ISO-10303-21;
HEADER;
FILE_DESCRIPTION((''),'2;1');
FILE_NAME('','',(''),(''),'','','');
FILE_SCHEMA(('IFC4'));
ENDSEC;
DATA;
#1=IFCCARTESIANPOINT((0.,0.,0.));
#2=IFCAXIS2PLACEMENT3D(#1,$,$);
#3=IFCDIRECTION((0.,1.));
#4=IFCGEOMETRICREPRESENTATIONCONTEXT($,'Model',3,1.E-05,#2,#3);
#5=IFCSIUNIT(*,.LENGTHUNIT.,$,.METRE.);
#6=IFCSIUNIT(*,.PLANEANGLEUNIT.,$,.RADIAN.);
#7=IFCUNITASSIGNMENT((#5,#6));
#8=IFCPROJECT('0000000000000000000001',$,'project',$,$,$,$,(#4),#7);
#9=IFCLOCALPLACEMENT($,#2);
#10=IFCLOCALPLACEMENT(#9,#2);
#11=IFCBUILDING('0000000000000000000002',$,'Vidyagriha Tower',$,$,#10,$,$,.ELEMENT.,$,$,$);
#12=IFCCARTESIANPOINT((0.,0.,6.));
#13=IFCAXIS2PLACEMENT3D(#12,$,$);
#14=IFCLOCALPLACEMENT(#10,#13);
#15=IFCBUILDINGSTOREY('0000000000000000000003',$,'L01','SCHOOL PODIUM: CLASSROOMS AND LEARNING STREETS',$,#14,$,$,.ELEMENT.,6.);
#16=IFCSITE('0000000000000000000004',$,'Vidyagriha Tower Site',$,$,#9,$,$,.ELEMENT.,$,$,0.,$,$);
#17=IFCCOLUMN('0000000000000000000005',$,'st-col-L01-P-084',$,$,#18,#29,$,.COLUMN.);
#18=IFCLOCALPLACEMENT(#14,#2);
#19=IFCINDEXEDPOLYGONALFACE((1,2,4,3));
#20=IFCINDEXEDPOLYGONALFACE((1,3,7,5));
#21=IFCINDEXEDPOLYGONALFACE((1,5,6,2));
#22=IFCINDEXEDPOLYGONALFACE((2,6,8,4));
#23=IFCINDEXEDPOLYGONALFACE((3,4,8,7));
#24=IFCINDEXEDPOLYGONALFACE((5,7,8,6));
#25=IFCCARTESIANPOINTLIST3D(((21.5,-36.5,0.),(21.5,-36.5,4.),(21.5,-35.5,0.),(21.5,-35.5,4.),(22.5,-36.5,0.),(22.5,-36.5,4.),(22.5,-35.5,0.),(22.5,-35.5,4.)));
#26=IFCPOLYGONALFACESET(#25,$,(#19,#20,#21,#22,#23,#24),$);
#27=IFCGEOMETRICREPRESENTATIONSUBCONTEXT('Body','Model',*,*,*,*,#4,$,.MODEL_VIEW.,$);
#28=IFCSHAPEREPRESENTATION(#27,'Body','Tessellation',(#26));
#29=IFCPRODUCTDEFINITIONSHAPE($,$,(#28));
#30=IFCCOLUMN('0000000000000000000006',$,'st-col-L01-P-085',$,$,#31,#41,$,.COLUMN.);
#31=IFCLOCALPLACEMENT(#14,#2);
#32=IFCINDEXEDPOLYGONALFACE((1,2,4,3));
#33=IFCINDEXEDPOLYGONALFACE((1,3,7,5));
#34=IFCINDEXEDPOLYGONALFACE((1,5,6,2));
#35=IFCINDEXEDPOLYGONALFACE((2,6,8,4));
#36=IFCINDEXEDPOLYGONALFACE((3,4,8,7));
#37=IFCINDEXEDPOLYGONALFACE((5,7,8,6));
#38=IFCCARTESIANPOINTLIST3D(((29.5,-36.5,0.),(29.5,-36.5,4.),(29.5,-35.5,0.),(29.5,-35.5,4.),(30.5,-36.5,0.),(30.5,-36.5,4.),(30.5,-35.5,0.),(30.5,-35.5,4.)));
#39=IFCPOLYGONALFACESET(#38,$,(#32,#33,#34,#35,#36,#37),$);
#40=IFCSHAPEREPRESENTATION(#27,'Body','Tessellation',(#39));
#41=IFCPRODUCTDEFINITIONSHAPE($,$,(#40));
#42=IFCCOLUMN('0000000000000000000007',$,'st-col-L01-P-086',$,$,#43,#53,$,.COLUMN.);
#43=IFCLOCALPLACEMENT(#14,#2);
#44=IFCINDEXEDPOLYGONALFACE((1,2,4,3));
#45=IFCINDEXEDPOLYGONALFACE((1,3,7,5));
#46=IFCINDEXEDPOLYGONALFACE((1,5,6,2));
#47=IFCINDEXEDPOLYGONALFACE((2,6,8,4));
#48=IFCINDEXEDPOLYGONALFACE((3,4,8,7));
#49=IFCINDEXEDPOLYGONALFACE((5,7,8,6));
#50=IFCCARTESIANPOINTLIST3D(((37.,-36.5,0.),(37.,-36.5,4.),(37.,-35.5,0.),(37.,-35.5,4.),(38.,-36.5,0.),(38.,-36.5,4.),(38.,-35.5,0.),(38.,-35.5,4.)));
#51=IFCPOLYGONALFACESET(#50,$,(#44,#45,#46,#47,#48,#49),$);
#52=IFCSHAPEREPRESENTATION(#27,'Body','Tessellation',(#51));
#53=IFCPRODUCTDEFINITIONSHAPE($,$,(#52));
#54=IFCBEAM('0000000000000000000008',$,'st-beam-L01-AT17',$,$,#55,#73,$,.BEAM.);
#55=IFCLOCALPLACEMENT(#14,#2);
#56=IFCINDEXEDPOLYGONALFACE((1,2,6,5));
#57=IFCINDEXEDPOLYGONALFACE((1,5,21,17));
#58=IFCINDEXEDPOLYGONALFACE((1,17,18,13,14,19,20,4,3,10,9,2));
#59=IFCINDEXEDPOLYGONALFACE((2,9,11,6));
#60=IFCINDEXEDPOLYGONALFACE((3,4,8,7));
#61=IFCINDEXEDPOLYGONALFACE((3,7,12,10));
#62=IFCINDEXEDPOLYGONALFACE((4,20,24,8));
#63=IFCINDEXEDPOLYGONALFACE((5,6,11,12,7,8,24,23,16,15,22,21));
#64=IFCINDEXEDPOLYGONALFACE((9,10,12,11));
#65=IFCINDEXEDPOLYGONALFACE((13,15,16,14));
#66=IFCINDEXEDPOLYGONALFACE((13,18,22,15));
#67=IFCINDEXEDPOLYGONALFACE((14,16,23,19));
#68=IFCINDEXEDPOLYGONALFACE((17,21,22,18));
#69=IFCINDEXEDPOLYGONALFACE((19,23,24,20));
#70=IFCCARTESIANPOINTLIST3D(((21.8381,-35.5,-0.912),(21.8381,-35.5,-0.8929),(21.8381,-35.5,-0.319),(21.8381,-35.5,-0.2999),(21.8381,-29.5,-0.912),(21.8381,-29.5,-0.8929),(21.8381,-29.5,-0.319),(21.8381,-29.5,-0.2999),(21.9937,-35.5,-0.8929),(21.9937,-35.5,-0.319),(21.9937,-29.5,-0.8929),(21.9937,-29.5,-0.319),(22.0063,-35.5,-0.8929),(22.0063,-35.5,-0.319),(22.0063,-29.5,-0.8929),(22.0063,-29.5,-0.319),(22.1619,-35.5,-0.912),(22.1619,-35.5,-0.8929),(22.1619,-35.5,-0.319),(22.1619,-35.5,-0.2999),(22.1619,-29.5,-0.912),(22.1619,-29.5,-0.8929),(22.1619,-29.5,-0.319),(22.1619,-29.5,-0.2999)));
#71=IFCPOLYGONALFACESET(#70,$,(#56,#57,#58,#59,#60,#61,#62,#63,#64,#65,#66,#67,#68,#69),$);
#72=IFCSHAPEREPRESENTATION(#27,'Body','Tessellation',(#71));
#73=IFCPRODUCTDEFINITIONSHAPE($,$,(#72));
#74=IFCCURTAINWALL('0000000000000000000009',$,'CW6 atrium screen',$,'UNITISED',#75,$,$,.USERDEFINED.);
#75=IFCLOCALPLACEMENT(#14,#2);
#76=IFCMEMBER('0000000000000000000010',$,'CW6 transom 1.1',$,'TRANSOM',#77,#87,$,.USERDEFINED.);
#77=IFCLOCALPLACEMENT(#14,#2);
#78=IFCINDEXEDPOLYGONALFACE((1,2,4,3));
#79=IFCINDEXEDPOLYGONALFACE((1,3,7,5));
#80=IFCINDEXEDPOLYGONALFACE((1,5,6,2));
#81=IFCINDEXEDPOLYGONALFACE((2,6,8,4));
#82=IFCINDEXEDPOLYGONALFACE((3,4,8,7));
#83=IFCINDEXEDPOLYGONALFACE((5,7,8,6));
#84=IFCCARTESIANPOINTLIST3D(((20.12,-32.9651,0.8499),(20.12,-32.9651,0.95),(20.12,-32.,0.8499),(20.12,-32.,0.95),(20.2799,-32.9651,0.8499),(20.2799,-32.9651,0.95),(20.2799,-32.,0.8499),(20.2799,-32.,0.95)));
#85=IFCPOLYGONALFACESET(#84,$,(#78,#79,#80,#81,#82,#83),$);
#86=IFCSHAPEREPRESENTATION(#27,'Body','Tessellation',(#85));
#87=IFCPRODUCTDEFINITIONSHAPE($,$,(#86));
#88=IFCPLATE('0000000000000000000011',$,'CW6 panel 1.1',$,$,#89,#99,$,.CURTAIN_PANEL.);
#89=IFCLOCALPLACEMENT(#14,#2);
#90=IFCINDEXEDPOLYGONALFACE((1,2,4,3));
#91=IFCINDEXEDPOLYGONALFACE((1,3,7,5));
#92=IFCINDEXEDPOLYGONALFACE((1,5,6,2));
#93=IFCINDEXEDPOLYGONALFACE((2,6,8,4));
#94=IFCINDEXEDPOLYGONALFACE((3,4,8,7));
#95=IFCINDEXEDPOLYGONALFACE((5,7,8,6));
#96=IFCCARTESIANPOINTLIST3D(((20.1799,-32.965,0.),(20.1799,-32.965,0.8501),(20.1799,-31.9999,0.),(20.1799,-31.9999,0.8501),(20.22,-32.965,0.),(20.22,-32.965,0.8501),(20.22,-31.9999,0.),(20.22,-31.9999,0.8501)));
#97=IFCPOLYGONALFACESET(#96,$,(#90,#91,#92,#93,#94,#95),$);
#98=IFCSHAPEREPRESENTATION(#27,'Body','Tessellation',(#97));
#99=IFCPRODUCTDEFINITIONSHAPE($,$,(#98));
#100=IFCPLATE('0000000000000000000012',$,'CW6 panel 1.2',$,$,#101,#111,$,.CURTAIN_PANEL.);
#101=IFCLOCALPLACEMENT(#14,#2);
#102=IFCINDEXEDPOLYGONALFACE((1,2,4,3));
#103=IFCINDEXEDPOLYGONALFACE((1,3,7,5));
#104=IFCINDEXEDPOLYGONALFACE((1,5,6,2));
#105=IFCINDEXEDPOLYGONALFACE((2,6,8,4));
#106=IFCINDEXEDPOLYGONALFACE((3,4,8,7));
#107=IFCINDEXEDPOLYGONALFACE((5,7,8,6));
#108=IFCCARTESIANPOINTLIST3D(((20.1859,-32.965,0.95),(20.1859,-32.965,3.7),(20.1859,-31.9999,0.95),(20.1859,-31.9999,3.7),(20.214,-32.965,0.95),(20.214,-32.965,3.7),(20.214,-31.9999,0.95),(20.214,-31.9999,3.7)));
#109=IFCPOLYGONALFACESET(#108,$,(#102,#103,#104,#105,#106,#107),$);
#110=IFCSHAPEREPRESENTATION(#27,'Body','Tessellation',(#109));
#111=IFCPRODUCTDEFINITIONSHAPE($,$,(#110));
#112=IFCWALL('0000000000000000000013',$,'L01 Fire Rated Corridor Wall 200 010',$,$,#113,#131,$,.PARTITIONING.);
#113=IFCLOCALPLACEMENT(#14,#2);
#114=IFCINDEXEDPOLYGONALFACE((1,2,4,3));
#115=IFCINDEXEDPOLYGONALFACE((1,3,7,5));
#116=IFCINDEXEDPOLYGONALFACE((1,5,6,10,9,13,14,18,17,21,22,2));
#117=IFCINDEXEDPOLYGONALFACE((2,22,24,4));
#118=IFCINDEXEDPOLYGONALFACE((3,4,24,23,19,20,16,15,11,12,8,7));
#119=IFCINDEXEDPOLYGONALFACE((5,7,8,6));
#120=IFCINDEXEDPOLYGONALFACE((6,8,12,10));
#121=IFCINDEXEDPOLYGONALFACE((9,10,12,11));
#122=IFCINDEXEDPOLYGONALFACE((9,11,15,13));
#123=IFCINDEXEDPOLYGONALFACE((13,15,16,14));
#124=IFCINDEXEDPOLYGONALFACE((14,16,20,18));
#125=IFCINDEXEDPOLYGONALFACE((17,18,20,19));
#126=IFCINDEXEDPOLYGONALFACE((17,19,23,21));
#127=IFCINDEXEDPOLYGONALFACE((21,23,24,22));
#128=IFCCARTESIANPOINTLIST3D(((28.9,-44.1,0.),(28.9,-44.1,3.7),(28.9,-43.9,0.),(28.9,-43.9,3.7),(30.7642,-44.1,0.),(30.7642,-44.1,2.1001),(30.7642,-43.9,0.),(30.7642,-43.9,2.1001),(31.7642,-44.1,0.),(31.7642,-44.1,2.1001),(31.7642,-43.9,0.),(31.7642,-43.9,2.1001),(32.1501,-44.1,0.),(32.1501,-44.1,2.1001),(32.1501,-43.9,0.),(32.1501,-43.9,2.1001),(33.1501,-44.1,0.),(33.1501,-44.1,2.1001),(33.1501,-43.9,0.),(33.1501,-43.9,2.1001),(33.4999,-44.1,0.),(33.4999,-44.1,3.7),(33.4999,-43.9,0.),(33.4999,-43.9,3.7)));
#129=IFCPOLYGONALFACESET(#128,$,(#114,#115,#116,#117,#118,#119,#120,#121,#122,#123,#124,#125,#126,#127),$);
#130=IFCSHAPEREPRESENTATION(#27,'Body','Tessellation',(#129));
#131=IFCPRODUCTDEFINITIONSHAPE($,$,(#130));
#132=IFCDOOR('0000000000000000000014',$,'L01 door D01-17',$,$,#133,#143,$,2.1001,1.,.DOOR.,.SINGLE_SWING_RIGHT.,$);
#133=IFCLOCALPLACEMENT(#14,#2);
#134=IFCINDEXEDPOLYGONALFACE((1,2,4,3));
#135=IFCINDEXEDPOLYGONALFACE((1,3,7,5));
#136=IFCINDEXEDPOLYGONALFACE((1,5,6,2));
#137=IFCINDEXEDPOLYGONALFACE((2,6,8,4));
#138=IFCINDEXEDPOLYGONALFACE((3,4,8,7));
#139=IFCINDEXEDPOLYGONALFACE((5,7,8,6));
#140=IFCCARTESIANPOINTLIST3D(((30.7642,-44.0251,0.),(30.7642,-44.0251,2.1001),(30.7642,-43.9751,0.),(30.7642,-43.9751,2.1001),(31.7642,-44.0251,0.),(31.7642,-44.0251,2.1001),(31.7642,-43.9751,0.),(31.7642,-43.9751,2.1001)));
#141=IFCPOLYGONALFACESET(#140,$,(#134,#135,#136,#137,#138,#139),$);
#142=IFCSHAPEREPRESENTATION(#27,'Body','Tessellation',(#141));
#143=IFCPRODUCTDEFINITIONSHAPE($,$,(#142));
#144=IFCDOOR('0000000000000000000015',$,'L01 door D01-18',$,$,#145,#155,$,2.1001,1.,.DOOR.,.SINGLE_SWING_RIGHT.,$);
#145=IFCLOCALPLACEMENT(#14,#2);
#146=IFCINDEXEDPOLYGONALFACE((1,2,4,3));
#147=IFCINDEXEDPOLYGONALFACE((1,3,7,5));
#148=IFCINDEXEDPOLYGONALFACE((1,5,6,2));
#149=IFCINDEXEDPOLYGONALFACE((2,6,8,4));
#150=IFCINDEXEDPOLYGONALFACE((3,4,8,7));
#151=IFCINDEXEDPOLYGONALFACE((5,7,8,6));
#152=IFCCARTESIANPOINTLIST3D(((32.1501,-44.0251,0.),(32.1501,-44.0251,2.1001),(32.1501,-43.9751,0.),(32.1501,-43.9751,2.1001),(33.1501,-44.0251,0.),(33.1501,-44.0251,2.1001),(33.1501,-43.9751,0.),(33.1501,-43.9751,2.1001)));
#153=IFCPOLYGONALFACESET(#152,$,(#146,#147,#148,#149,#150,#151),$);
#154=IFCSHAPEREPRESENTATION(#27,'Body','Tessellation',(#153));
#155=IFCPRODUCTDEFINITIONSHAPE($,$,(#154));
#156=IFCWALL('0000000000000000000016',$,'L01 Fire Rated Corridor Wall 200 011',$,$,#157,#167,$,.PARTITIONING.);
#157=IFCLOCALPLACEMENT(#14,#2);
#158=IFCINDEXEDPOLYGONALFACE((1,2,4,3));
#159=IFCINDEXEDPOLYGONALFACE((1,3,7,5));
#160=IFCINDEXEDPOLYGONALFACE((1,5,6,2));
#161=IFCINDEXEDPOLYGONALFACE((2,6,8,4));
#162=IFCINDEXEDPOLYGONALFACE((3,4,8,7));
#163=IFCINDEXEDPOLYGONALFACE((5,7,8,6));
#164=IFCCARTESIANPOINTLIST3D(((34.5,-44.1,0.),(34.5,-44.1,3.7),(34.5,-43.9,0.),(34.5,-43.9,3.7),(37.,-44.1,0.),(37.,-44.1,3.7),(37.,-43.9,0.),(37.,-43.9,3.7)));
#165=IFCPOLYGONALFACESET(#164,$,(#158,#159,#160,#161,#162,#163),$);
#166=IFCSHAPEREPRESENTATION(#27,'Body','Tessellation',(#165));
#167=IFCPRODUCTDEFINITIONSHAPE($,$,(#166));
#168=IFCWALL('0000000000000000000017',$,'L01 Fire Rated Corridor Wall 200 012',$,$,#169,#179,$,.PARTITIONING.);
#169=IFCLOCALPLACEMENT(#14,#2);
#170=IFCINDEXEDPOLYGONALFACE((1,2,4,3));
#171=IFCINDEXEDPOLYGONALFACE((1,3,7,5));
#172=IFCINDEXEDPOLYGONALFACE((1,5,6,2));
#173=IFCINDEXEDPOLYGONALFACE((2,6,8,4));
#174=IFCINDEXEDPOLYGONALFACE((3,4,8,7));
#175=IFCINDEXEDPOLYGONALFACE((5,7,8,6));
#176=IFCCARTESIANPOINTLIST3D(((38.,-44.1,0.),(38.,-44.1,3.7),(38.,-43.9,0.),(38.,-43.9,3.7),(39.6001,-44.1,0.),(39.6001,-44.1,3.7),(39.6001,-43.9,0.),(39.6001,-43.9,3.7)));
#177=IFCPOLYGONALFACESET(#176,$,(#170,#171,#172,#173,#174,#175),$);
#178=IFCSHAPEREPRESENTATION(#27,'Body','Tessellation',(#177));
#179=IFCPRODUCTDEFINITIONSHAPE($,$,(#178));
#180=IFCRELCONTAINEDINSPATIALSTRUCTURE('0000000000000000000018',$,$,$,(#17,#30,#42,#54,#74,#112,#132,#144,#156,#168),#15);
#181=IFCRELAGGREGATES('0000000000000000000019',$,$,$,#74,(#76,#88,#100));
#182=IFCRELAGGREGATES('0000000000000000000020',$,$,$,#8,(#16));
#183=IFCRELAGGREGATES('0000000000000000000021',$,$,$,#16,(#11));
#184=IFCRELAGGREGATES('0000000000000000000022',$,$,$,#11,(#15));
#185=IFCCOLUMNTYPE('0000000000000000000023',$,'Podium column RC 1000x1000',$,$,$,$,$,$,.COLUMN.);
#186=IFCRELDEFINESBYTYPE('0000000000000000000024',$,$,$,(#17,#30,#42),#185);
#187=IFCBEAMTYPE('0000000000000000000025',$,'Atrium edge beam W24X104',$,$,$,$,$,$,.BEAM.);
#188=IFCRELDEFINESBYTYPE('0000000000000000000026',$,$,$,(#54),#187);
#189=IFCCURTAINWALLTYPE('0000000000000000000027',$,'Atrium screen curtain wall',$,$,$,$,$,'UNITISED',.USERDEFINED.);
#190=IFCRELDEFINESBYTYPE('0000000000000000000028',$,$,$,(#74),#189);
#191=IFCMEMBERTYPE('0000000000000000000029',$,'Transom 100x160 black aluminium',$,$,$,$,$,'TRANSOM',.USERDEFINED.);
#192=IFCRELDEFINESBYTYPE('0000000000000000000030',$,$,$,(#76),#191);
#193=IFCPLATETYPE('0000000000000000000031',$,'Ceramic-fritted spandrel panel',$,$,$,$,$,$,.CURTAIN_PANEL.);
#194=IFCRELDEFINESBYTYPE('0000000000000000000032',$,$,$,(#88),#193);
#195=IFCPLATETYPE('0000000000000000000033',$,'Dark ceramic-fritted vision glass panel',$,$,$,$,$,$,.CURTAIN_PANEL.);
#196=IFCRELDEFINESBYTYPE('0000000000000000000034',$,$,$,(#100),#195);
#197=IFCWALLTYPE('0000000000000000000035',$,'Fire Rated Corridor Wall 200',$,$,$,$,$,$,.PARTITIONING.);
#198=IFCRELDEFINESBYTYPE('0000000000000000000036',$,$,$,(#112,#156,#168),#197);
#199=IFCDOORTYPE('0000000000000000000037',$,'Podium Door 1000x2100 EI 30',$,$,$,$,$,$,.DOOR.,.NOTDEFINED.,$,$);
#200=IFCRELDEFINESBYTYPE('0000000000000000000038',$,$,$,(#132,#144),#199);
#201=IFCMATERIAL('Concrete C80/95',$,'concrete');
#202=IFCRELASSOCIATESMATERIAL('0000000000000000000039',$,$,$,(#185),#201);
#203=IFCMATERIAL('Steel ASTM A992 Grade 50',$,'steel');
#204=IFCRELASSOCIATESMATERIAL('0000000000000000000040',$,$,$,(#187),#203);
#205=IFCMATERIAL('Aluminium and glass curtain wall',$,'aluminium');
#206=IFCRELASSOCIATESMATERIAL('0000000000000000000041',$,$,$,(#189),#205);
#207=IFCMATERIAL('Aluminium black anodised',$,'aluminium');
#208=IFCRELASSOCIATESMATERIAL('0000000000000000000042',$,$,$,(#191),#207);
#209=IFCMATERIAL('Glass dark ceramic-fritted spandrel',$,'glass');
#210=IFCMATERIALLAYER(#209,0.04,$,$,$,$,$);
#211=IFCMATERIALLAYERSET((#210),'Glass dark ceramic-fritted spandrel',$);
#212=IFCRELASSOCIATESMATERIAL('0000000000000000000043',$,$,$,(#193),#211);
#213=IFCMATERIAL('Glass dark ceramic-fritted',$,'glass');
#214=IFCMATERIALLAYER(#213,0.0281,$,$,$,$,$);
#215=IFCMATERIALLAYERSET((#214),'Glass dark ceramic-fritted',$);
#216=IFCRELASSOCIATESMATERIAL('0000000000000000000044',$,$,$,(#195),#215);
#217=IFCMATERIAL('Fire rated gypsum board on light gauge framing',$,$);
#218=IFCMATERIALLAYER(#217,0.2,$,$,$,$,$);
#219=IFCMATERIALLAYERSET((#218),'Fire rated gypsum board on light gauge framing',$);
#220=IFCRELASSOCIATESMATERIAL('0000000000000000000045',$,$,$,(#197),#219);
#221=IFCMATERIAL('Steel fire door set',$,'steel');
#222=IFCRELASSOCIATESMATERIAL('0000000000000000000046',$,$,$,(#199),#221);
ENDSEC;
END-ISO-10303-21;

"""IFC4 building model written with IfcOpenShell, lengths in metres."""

from ifc_helpers import new_model, si_unit, direction, frame, frame_2d, origin, origin_2d, place, context, subcontext, project, spatial, rectangle, i_section, extrude, material, layer, layer_set, material_profile, profile_set, type_object, element, fill, aggregate, save


model = new_model("IFC4")

# Units and contexts
model_context = context("Model", 3, precision=1e-05, world=origin(), true_north=direction((0.0, 1.0)))
body_context = subcontext(model_context, "Body", "Model", "MODEL_VIEW")
ifc_project = project(units=[si_unit("LENGTHUNIT", "METRE"), si_unit("PLANEANGLEUNIT", "RADIAN")], contexts=[model_context])

# Site, building, storey
site_placement = place(None, origin())
site = spatial("IfcSite", under=ifc_project, at=site_placement, Name="Vidyagriha Tower Site", CompositionType="ELEMENT", RefElevation=0.0)
building_placement = place(site_placement, origin())
building = spatial("IfcBuilding", under=site, at=building_placement, Name="Vidyagriha Tower", CompositionType="ELEMENT")
storey_placement = place(building_placement, frame((0.0, 0.0, 6.0)))
storey = spatial("IfcBuildingStorey", under=building, at=storey_placement, Name="L01", Description="SCHOOL PODIUM: CLASSROOMS AND LEARNING STREETS", CompositionType="ELEMENT", Elevation=6.0)

# Columns
ifc_material_1 = material(Name="Concrete C80/95", Category="concrete")
ifc_material_profile_1 = material_profile(ifc_material_1, rectangle(XDim=1.0, YDim=1.0, at=origin_2d()), Name="RC 1000x1000")
ifc_profile_set_1 = profile_set([ifc_material_profile_1], Name="Concrete C80/95")
column_type = type_object("IfcColumnType", Name="Podium column RC 1000x1000", PredefinedType="COLUMN", material=ifc_profile_set_1)
for number, where, name in (
    (1, (22.0, -36.0, 0.0), "st-col-L01-P-084"),
    (2, (30.0, -36.0, 0.0), "st-col-L01-P-085"),
    (3, (37.5, -36.0, 0.0), "st-col-L01-P-086"),
):
    element("IfcColumn", number, at=place(storey_placement, frame(where)), inside=storey, type_object=column_type, Name=name, PredefinedType="COLUMN", context=body_context, shape_type="SweptSolid", body=[
        extrude(rectangle(XDim=1.0, YDim=1.0, at=origin_2d()), origin(), (0.0, 0.0, 1.0), 4.0),
    ])

# Beam
ifc_material_2 = material(Name="Steel ASTM A992 Grade 50", Category="steel")
ifc_material_profile_2 = material_profile(ifc_material_2, i_section(OverallWidth=0.3237, OverallDepth=0.6121, WebThickness=0.0127, FlangeThickness=0.019, at=origin_2d()), Name="W24X104")
ifc_profile_set_2 = profile_set([ifc_material_profile_2], Name="Steel ASTM A992 Grade 50")
beam_type = type_object("IfcBeamType", Name="Atrium edge beam W24X104", PredefinedType="BEAM", material=ifc_profile_set_2)
beam_placement = place(storey_placement, frame((22.0, -35.5, -0.606), z_axis=(0.0, 1.0, 0.0), x_axis=(-1.0, 0.0, 0.0)))
element("IfcBeam", 4, at=beam_placement, inside=storey, type_object=beam_type, Name="st-beam-L01-AT17", PredefinedType="BEAM", context=body_context, shape_type="SweptSolid", body=[
    extrude(i_section(OverallWidth=0.3237, OverallDepth=0.6121, WebThickness=0.0127, FlangeThickness=0.019, at=origin_2d()), origin(), (0.0, 0.0, 1.0), 6.0),
])

# Curtain wall, member, plates
ifc_material_3 = material(Name="Aluminium and glass curtain wall", Category="aluminium")
curtain_wall_type = type_object("IfcCurtainWallType", Name="Atrium screen curtain wall", ElementType="UNITISED", PredefinedType="USERDEFINED", material=ifc_material_3)
curtain_wall_placement = place(storey_placement, origin())
curtain_wall = element("IfcCurtainWall", 5, at=curtain_wall_placement, inside=storey, type_object=curtain_wall_type, Name="CW6 atrium screen", ObjectType="UNITISED", PredefinedType="USERDEFINED")
ifc_material_4 = material(Name="Aluminium black anodised", Category="aluminium")
ifc_material_profile_3 = material_profile(ifc_material_4, rectangle(XDim=0.1599, YDim=0.1001, at=origin_2d()), Name="Transom 100x160 black aluminium")
ifc_profile_set_3 = profile_set([ifc_material_profile_3], Name="Aluminium black anodised")
member_type = type_object("IfcMemberType", Name="Transom 100x160 black aluminium", ElementType="TRANSOM", PredefinedType="USERDEFINED", material=ifc_profile_set_3)
member_placement = place(storey_placement, frame((20.2, -32.0, 0.8999), z_axis=(0.0, -1.0, 0.0), x_axis=(1.0, 0.0, 0.0)))
member = element("IfcMember", 6, at=member_placement, type_object=member_type, Name="CW6 transom 1.1", ObjectType="TRANSOM", PredefinedType="USERDEFINED", context=body_context, shape_type="SweptSolid", body=[
    extrude(rectangle(XDim=0.1599, YDim=0.1001, at=origin_2d()), origin(), (0.0, 0.0, 1.0), 0.9651),
])
ifc_material_5 = material(Name="Glass dark ceramic-fritted spandrel", Category="glass")
ifc_layer_1 = layer(ifc_material_5, 0.04)
ifc_layer_set_1 = layer_set([ifc_layer_1], Name="Glass dark ceramic-fritted spandrel")
plate_type_1 = type_object("IfcPlateType", Name="Ceramic-fritted spandrel panel", PredefinedType="CURTAIN_PANEL", material=ifc_layer_set_1)
plate_1_placement = place(storey_placement, frame((20.2, -32.4824, 0.0), z_axis=(0.0, 0.0, 1.0), x_axis=(0.0, -1.0, 0.0)))
plate_1 = element("IfcPlate", 7, at=plate_1_placement, type_object=plate_type_1, Name="CW6 panel 1.1", PredefinedType="CURTAIN_PANEL", context=body_context, shape_type="SweptSolid", body=[
    extrude(rectangle(XDim=0.9651, YDim=0.04, at=origin_2d()), origin(), (0.0, 0.0, 1.0), 0.8501),
])
ifc_material_6 = material(Name="Glass dark ceramic-fritted", Category="glass")
ifc_layer_2 = layer(ifc_material_6, 0.0281)
ifc_layer_set_2 = layer_set([ifc_layer_2], Name="Glass dark ceramic-fritted")
plate_type_2 = type_object("IfcPlateType", Name="Dark ceramic-fritted vision glass panel", PredefinedType="CURTAIN_PANEL", material=ifc_layer_set_2)
plate_2_placement = place(storey_placement, frame((20.2, -32.4824, 0.95), z_axis=(0.0, 0.0, 1.0), x_axis=(0.0, -1.0, 0.0)))
plate_2 = element("IfcPlate", 8, at=plate_2_placement, type_object=plate_type_2, Name="CW6 panel 1.2", PredefinedType="CURTAIN_PANEL", context=body_context, shape_type="SweptSolid", body=[
    extrude(rectangle(XDim=0.9651, YDim=0.0281, at=origin_2d()), origin(), (0.0, 0.0, 1.0), 2.75),
])
aggregate(curtain_wall, [member, plate_1, plate_2])

# Wall, openings, doors
ifc_material_7 = material(Name="Fire rated gypsum board on light gauge framing")
ifc_layer_3 = layer(ifc_material_7, 0.2)
ifc_layer_set_3 = layer_set([ifc_layer_3], Name="Fire rated gypsum board on light gauge framing")
wall_type_1 = type_object("IfcWallType", Name="Fire Rated Corridor Wall 200", PredefinedType="PARTITIONING", material=ifc_layer_set_3)
wall_1_placement = place(storey_placement, frame((28.9001, -44.0, 0.0)))
wall_1 = element("IfcWall", 9, at=wall_1_placement, inside=storey, type_object=wall_type_1, Name="L01 Fire Rated Corridor Wall 200 010", PredefinedType="PARTITIONING", context=body_context, shape_type="SweptSolid", body=[
    extrude(rectangle(XDim=4.5999, YDim=0.2, at=frame_2d((2.2998, 0.0))), origin(), (0.0, 0.0, 1.0), 3.7),
])
opening_1_placement = place(wall_1_placement, frame((1.864, 0.0, 0.0)))
opening_1 = element("IfcOpeningElement", 10, at=opening_1_placement, cuts=wall_1, PredefinedType="OPENING", context=body_context, shape_type="SweptSolid", body=[
    extrude(rectangle(XDim=1.0, YDim=2.1001, at=frame_2d((0.5, 1.05))), frame((0.0, 0.1099, 0.0), z_axis=(0.0, -1.0, 0.0), x_axis=(1.0, 0.0, 0.0)), (0.0, 0.0, 1.0), 0.22),
])
opening_2_placement = place(wall_1_placement, frame((3.25, 0.0, 0.0)))
opening_2 = element("IfcOpeningElement", 11, at=opening_2_placement, cuts=wall_1, PredefinedType="OPENING", context=body_context, shape_type="SweptSolid", body=[
    extrude(rectangle(XDim=1.0, YDim=2.1001, at=frame_2d((0.5, 1.05))), frame((0.0, 0.1099, 0.0), z_axis=(0.0, -1.0, 0.0), x_axis=(1.0, 0.0, 0.0)), (0.0, 0.0, 1.0), 0.22),
])
ifc_material_8 = material(Name="Steel fire door set", Category="steel")
door_type = type_object("IfcDoorType", Name="Podium Door 1000x2100 EI 30", OperationType="NOTDEFINED", PredefinedType="DOOR", material=ifc_material_8)
door_1_placement = place(opening_1_placement, origin())
door_1 = element("IfcDoor", 12, at=door_1_placement, inside=storey, type_object=door_type, Name="L01 door D01-17", OperationType="SINGLE_SWING_RIGHT", OverallHeight=2.1001, OverallWidth=1.0, PredefinedType="DOOR", context=body_context, shape_type="SweptSolid", body=[
    extrude(rectangle(XDim=1.0, YDim=2.1001, at=frame_2d((0.5, 1.05))), frame((0.0, 0.0249, 0.0), z_axis=(0.0, -1.0, 0.0), x_axis=(1.0, 0.0, 0.0)), (0.0, 0.0, 1.0), 0.05),
])
fill(opening_1, door_1)
door_2_placement = place(opening_2_placement, origin())
door_2 = element("IfcDoor", 13, at=door_2_placement, inside=storey, type_object=door_type, Name="L01 door D01-18", OperationType="SINGLE_SWING_RIGHT", OverallHeight=2.1001, OverallWidth=1.0, PredefinedType="DOOR", context=body_context, shape_type="SweptSolid", body=[
    extrude(rectangle(XDim=1.0, YDim=2.1001, at=frame_2d((0.5, 1.05))), frame((0.0, 0.0249, 0.0), z_axis=(0.0, -1.0, 0.0), x_axis=(1.0, 0.0, 0.0)), (0.0, 0.0, 1.0), 0.05),
])
fill(opening_2, door_2)

# Walls
wall_2_placement = place(storey_placement, frame((34.5, -44.0, 0.0)))
element("IfcWall", 14, at=wall_2_placement, inside=storey, type_object=wall_type_1, Name="L01 Fire Rated Corridor Wall 200 011", PredefinedType="PARTITIONING", context=body_context, shape_type="SweptSolid", body=[
    extrude(rectangle(XDim=2.5, YDim=0.2, at=frame_2d((1.25, 0.0))), origin(), (0.0, 0.0, 1.0), 3.7),
])
wall_3_placement = place(storey_placement, frame((38.0, -44.0, 0.0)))
element("IfcWall", 15, at=wall_3_placement, inside=storey, type_object=wall_type_1, Name="L01 Fire Rated Corridor Wall 200 012", PredefinedType="PARTITIONING", context=body_context, shape_type="SweptSolid", body=[
    extrude(rectangle(XDim=1.6001, YDim=0.2, at=frame_2d((0.8, 0.0))), origin(), (0.0, 0.0, 1.0), 3.7),
])

save(model, "model.ifc")
